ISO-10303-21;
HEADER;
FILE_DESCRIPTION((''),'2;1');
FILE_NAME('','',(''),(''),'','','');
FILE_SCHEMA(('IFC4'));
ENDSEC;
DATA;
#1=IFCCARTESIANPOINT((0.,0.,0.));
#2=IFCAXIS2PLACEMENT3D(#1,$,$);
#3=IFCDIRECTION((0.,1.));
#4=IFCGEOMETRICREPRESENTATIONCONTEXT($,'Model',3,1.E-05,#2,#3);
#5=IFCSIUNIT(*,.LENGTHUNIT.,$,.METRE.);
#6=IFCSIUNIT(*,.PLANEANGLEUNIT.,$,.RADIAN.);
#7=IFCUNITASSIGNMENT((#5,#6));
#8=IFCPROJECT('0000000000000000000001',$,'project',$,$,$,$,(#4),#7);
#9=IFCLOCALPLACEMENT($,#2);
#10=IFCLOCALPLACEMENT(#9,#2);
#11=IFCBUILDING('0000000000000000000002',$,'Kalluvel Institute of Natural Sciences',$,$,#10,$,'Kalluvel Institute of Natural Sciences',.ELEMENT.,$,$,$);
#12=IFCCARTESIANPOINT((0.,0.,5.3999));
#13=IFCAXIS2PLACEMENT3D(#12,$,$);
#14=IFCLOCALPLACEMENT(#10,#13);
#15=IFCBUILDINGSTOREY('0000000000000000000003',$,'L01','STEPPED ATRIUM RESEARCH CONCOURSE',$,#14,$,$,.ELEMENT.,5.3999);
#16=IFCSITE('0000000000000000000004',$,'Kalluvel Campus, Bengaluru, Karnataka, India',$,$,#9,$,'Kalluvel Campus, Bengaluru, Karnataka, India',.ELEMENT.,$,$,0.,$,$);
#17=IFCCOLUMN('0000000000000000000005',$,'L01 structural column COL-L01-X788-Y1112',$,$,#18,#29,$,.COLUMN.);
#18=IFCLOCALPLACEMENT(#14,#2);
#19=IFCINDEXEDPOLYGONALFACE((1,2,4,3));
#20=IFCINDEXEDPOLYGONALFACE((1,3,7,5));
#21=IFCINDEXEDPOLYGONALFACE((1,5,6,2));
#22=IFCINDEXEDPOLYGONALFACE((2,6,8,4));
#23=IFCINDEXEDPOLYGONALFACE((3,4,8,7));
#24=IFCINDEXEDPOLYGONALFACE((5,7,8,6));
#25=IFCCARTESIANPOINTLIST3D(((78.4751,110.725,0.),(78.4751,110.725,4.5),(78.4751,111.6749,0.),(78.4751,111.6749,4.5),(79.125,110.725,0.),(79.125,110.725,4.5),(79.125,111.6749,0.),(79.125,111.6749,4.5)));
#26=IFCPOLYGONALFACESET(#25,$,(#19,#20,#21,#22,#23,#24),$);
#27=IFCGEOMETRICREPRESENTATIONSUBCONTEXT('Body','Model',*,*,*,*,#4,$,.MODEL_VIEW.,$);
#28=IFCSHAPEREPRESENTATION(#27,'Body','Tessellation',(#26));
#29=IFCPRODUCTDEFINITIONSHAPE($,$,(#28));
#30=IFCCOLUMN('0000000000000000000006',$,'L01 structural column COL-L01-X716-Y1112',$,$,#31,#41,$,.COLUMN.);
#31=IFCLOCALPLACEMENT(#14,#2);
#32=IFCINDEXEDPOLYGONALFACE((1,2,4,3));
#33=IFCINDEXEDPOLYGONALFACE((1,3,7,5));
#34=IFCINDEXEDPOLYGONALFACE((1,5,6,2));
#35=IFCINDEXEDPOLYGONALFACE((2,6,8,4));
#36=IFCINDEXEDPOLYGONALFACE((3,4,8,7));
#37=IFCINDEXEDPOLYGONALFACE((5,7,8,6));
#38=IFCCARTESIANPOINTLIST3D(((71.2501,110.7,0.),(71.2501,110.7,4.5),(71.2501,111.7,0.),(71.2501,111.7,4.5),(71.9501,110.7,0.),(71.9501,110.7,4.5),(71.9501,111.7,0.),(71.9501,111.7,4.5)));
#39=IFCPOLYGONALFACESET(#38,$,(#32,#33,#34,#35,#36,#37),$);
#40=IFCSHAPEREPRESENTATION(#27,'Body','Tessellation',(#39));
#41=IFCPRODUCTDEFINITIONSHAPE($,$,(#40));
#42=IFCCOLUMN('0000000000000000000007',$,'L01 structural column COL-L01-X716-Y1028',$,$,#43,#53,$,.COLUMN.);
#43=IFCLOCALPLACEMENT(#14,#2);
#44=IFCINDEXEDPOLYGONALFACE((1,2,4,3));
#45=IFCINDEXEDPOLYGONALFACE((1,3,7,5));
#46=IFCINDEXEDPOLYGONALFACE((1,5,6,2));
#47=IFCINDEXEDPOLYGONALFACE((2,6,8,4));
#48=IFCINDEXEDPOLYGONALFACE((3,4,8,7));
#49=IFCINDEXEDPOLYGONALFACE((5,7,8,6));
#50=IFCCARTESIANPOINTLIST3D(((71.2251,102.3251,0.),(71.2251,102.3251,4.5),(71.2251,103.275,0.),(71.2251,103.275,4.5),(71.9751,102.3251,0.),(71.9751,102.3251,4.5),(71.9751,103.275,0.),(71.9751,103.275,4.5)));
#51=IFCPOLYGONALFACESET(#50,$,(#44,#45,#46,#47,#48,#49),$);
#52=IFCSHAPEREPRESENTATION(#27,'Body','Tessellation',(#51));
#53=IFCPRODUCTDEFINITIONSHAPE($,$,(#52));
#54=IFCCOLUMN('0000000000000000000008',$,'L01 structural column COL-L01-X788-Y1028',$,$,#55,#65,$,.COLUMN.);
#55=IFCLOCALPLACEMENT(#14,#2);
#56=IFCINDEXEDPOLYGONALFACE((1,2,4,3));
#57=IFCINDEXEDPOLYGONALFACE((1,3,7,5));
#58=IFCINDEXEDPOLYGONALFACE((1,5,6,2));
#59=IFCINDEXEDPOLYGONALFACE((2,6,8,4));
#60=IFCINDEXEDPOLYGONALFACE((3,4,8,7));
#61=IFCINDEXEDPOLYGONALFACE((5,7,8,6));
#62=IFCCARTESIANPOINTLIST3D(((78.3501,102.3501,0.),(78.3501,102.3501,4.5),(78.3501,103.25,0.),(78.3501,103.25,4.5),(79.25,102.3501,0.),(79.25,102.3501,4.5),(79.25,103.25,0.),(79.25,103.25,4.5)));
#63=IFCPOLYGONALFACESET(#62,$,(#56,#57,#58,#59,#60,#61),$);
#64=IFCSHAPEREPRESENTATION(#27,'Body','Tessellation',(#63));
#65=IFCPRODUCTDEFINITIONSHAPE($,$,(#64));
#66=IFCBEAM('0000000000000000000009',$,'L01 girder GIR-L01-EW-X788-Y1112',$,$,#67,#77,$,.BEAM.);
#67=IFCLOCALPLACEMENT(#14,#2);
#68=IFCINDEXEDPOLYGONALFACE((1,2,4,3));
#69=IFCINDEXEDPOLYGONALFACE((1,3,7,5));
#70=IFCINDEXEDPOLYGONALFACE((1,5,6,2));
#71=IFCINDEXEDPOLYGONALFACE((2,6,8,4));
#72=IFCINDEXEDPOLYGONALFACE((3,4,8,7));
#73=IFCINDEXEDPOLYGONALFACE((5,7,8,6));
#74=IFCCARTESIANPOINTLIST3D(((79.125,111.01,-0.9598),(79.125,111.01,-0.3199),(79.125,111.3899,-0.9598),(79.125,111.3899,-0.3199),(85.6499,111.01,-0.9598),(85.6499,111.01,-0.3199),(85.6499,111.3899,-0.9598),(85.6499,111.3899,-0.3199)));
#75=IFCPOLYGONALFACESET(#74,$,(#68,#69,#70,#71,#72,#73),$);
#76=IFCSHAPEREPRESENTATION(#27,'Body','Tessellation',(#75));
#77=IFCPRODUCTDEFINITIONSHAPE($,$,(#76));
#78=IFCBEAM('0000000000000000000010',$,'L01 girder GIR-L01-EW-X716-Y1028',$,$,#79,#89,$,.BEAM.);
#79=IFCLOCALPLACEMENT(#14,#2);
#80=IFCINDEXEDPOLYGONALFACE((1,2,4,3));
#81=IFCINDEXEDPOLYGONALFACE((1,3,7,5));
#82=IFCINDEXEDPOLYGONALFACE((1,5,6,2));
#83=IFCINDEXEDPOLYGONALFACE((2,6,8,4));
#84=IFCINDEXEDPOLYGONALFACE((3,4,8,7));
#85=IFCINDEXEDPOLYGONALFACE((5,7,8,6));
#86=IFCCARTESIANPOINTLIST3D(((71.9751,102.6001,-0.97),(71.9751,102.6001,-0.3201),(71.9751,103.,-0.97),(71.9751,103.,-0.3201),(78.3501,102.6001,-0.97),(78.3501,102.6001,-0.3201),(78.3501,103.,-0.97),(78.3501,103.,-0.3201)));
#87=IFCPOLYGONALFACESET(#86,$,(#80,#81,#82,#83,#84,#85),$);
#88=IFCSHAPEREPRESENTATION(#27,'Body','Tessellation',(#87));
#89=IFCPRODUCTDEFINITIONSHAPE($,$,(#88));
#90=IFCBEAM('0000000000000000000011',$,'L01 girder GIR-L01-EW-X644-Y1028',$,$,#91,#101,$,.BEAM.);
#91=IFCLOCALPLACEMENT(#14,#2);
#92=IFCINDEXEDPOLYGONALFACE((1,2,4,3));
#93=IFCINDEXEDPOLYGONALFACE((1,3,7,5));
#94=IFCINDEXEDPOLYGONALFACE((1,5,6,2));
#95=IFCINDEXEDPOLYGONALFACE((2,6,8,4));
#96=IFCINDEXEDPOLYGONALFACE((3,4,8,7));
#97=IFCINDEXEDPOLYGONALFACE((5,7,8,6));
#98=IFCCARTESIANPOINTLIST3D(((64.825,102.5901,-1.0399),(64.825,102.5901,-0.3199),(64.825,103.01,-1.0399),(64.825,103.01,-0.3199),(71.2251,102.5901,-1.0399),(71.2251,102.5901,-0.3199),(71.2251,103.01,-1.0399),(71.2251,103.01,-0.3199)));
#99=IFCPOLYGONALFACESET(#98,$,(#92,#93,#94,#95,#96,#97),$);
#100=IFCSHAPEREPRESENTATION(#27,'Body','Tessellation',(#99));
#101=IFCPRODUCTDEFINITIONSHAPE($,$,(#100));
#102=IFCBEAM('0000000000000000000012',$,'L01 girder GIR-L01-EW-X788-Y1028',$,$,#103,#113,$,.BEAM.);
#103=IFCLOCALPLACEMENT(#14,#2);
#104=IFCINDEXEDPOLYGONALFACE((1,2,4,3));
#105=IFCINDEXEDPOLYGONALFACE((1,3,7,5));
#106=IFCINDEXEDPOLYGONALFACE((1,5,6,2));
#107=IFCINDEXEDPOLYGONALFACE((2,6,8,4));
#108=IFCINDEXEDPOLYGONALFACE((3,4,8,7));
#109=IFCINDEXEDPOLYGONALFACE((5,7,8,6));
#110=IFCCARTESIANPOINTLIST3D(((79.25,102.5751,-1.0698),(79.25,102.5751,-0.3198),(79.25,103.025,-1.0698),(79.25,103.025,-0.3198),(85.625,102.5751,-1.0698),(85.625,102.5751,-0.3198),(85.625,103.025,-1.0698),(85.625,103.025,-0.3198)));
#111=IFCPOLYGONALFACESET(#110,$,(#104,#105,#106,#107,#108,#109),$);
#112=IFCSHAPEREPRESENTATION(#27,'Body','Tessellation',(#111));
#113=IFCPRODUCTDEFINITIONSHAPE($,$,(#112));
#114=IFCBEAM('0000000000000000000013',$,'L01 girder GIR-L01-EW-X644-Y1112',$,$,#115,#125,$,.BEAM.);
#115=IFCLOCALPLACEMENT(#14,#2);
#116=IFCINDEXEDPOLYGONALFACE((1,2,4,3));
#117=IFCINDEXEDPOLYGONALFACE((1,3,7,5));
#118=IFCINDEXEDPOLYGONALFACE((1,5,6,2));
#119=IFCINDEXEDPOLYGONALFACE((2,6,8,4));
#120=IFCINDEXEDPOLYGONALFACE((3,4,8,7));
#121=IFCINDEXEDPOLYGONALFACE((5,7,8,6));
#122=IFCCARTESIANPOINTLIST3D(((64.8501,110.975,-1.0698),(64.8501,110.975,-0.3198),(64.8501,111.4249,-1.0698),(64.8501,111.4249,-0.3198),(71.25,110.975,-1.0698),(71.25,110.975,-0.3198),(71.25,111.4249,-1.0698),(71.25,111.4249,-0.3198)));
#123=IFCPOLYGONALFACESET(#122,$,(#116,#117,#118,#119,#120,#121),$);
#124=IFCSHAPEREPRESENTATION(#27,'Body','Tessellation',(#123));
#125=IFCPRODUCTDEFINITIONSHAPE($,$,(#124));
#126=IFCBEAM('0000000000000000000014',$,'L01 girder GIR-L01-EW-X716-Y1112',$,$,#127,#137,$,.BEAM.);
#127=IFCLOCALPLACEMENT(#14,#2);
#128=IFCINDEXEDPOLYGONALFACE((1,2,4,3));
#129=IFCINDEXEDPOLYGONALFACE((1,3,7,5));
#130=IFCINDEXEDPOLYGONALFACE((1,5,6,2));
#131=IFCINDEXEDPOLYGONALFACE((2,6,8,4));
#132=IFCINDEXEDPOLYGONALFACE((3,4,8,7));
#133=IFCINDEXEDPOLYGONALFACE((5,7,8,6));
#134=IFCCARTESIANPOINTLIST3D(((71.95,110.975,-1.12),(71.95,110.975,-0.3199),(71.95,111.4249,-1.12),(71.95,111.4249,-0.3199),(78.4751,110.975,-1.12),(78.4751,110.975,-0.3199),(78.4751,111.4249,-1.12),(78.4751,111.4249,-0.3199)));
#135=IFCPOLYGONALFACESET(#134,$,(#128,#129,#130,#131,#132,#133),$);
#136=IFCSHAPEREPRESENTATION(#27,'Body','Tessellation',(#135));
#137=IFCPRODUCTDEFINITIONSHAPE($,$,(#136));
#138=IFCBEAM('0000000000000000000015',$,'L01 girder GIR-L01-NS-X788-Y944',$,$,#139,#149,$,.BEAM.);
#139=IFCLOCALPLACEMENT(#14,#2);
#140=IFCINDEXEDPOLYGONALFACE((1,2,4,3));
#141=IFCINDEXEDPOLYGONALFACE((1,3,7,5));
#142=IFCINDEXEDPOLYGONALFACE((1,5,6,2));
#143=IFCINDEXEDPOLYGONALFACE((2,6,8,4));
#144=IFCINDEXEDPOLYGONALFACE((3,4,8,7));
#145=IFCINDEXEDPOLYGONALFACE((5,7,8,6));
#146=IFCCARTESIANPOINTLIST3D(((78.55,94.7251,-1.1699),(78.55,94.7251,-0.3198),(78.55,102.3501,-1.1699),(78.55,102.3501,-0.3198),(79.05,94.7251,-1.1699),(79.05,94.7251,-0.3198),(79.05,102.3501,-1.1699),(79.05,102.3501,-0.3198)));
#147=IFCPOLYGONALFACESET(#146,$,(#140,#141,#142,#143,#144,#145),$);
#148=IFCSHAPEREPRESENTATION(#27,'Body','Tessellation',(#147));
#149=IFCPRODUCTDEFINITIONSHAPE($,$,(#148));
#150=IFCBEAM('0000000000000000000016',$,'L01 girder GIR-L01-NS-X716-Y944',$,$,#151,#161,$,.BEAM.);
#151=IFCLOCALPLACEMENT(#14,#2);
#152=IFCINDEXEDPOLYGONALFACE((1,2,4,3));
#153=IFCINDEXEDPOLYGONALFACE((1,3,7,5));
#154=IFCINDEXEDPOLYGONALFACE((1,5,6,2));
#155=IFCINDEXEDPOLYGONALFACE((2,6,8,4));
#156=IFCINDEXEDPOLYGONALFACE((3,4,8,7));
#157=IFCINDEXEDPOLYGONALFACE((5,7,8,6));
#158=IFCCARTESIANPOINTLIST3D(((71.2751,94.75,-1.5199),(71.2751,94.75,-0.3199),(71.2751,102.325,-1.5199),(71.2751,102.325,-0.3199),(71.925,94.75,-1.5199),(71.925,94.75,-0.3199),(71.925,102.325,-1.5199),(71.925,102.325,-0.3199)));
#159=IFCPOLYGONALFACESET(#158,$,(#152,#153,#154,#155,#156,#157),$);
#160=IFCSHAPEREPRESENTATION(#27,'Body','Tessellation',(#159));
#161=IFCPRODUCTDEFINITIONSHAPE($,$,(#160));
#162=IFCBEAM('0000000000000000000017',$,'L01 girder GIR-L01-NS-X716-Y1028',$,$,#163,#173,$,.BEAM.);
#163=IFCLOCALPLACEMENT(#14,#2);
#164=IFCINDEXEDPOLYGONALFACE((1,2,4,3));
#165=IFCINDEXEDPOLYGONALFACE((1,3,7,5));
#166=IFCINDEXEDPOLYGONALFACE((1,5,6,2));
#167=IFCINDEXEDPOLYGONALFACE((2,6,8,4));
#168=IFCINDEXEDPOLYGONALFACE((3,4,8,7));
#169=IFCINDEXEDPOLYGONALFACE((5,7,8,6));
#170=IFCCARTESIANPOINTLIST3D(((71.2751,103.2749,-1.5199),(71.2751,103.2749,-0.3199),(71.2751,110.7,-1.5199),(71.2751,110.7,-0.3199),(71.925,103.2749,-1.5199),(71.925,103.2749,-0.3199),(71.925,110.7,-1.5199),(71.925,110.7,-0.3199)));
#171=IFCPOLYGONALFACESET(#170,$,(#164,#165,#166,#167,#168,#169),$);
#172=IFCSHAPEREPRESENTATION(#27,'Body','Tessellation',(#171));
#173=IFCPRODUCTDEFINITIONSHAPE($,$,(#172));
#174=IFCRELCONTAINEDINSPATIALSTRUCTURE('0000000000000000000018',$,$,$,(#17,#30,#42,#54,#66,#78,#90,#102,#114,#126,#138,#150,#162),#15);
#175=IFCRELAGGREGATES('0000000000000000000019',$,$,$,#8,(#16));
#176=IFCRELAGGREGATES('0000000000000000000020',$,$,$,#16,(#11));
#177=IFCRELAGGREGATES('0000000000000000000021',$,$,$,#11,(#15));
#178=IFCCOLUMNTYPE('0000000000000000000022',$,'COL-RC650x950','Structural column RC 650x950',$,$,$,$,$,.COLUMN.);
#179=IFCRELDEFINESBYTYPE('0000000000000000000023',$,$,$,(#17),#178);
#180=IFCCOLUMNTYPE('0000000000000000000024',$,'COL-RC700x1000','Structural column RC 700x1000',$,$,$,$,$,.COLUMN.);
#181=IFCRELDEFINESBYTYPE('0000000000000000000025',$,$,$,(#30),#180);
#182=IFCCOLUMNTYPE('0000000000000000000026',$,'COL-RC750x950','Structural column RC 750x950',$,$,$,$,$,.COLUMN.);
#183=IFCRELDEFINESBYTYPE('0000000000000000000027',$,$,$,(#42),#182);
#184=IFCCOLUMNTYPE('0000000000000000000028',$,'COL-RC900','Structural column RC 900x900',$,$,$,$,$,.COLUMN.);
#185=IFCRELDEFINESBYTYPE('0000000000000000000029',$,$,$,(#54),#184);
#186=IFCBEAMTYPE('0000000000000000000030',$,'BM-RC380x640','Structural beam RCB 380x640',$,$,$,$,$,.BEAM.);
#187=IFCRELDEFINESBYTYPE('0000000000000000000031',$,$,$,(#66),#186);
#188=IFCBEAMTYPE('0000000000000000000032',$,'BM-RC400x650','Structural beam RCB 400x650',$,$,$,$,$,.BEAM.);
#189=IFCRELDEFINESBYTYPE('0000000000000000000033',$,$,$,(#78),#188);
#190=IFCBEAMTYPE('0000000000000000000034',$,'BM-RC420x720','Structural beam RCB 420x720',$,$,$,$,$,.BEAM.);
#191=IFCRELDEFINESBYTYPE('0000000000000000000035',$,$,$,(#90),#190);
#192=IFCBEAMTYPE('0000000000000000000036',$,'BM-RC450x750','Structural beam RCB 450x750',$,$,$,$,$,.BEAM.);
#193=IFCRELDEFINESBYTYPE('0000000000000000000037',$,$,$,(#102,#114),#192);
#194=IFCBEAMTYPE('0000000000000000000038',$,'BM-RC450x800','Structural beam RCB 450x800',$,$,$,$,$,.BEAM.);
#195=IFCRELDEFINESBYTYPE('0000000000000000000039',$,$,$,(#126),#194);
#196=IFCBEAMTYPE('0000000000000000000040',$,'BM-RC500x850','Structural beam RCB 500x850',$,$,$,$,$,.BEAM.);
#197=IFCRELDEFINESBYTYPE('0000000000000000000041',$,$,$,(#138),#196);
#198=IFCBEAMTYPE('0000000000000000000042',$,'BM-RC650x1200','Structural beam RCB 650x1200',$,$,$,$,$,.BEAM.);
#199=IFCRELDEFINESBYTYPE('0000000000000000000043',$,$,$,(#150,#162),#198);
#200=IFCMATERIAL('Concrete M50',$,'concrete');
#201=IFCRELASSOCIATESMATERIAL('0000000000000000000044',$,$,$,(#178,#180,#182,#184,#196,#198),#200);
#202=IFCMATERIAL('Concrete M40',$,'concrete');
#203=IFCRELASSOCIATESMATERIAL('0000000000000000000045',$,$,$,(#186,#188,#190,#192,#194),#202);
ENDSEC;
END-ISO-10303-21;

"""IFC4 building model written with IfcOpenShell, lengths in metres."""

from ifc_helpers import new_model, si_unit, direction, frame, origin, origin_2d, place, context, subcontext, project, spatial, rectangle, extrude, material, material_profile, profile_set, type_object, element, save


model = new_model("IFC4")

# Units and contexts
model_context = context("Model", 3, precision=1e-05, world=origin(), true_north=direction((0.0, 1.0)))
body_context = subcontext(model_context, "Body", "Model", "MODEL_VIEW")
ifc_project = project(units=[si_unit("LENGTHUNIT", "METRE"), si_unit("PLANEANGLEUNIT", "RADIAN")], contexts=[model_context])

# Site, building, storey
site_placement = place(None, origin())
site = spatial("IfcSite", under=ifc_project, at=site_placement, Name="Kalluvel Campus, Bengaluru, Karnataka, India", LongName="Kalluvel Campus, Bengaluru, Karnataka, India", CompositionType="ELEMENT", RefElevation=0.0)
building_placement = place(site_placement, origin())
building = spatial("IfcBuilding", under=site, at=building_placement, Name="Kalluvel Institute of Natural Sciences", LongName="Kalluvel Institute of Natural Sciences", CompositionType="ELEMENT")
storey_placement = place(building_placement, frame((0.0, 0.0, 5.3999)))
storey = spatial("IfcBuildingStorey", under=building, at=storey_placement, Name="L01", Description="STEPPED ATRIUM RESEARCH CONCOURSE", CompositionType="ELEMENT", Elevation=5.3999)

# Columns
ifc_material_1 = material(Name="Concrete M50", Category="concrete")
ifc_material_profile_1 = material_profile(ifc_material_1, rectangle(XDim=0.6499, YDim=0.95, at=origin_2d()), Name="RC 650x950")
ifc_profile_set_1 = profile_set([ifc_material_profile_1], Name="Concrete M50")
column_type_1 = type_object("IfcColumnType", Name="COL-RC650x950", Description="Structural column RC 650x950", PredefinedType="COLUMN", material=ifc_profile_set_1)
column_1_placement = place(storey_placement, frame((78.8, 111.2, 0.0), z_axis=(0.0, 0.0, 1.0), x_axis=(1.0, 0.0, 0.0)))
element("IfcColumn", 1, at=column_1_placement, inside=storey, type_object=column_type_1, Name="L01 structural column COL-L01-X788-Y1112", PredefinedType="COLUMN", context=body_context, shape_type="SweptSolid", body=[
    extrude(rectangle(XDim=0.6499, YDim=0.95, at=origin_2d()), origin(), (0.0, 0.0, 1.0), 4.5),
])
ifc_material_profile_2 = material_profile(ifc_material_1, rectangle(XDim=0.7, YDim=1.0, at=origin_2d()), Name="RC 700x1000")
ifc_profile_set_2 = profile_set([ifc_material_profile_2], Name="Concrete M50")
column_type_2 = type_object("IfcColumnType", Name="COL-RC700x1000", Description="Structural column RC 700x1000", PredefinedType="COLUMN", material=ifc_profile_set_2)
column_2_placement = place(storey_placement, frame((71.6001, 111.2, 0.0), z_axis=(0.0, 0.0, 1.0), x_axis=(1.0, 0.0, 0.0)))
element("IfcColumn", 2, at=column_2_placement, inside=storey, type_object=column_type_2, Name="L01 structural column COL-L01-X716-Y1112", PredefinedType="COLUMN", context=body_context, shape_type="SweptSolid", body=[
    extrude(rectangle(XDim=0.7, YDim=1.0, at=origin_2d()), origin(), (0.0, 0.0, 1.0), 4.5),
])
ifc_material_profile_3 = material_profile(ifc_material_1, rectangle(XDim=0.75, YDim=0.95, at=origin_2d()), Name="RC 750x950")
ifc_profile_set_3 = profile_set([ifc_material_profile_3], Name="Concrete M50")
column_type_3 = type_object("IfcColumnType", Name="COL-RC750x950", Description="Structural column RC 750x950", PredefinedType="COLUMN", material=ifc_profile_set_3)
column_3_placement = place(storey_placement, frame((71.6001, 102.8, 0.0), z_axis=(0.0, 0.0, 1.0), x_axis=(1.0, 0.0, 0.0)))
element("IfcColumn", 3, at=column_3_placement, inside=storey, type_object=column_type_3, Name="L01 structural column COL-L01-X716-Y1028", PredefinedType="COLUMN", context=body_context, shape_type="SweptSolid", body=[
    extrude(rectangle(XDim=0.75, YDim=0.95, at=origin_2d()), origin(), (0.0, 0.0, 1.0), 4.5),
])
ifc_material_profile_4 = material_profile(ifc_material_1, rectangle(XDim=0.8999, YDim=0.8999, at=origin_2d()), Name="RC 900x900")
ifc_profile_set_4 = profile_set([ifc_material_profile_4], Name="Concrete M50")
column_type_4 = type_object("IfcColumnType", Name="COL-RC900", Description="Structural column RC 900x900", PredefinedType="COLUMN", material=ifc_profile_set_4)
column_4_placement = place(storey_placement, frame((78.8, 102.8, 0.0), z_axis=(0.0, 0.0, 1.0), x_axis=(1.0, 0.0, 0.0)))
element("IfcColumn", 4, at=column_4_placement, inside=storey, type_object=column_type_4, Name="L01 structural column COL-L01-X788-Y1028", PredefinedType="COLUMN", context=body_context, shape_type="SweptSolid", body=[
    extrude(rectangle(XDim=0.8999, YDim=0.8999, at=origin_2d()), origin(), (0.0, 0.0, 1.0), 4.5),
])

# Beams
ifc_material_2 = material(Name="Concrete M40", Category="concrete")
ifc_material_profile_5 = material_profile(ifc_material_2, rectangle(XDim=0.3799, YDim=0.6399, at=origin_2d()), Name="RCB 380x640")
ifc_profile_set_5 = profile_set([ifc_material_profile_5], Name="Concrete M40")
beam_type_1 = type_object("IfcBeamType", Name="BM-RC380x640", Description="Structural beam RCB 380x640", PredefinedType="BEAM", material=ifc_profile_set_5)
beam_1_placement = place(storey_placement, frame((79.125, 111.2, -0.6399), z_axis=(1.0, 0.0, 0.0), x_axis=(0.0, 1.0, 0.0)))
element("IfcBeam", 5, at=beam_1_placement, inside=storey, type_object=beam_type_1, Name="L01 girder GIR-L01-EW-X788-Y1112", PredefinedType="BEAM", context=body_context, shape_type="SweptSolid", body=[
    extrude(rectangle(XDim=0.3799, YDim=0.6399, at=origin_2d()), origin(), (0.0, 0.0, 1.0), 6.5249),
])
ifc_material_profile_6 = material_profile(ifc_material_2, rectangle(XDim=0.3999, YDim=0.6499, at=origin_2d()), Name="RCB 400x650")
ifc_profile_set_6 = profile_set([ifc_material_profile_6], Name="Concrete M40")
beam_type_2 = type_object("IfcBeamType", Name="BM-RC400x650", Description="Structural beam RCB 400x650", PredefinedType="BEAM", material=ifc_profile_set_6)
beam_2_placement = place(storey_placement, frame((71.9751, 102.8, -0.645), z_axis=(1.0, 0.0, 0.0), x_axis=(0.0, 1.0, 0.0)))
element("IfcBeam", 6, at=beam_2_placement, inside=storey, type_object=beam_type_2, Name="L01 girder GIR-L01-EW-X716-Y1028", PredefinedType="BEAM", context=body_context, shape_type="SweptSolid", body=[
    extrude(rectangle(XDim=0.3999, YDim=0.6499, at=origin_2d()), origin(), (0.0, 0.0, 1.0), 6.375),
])
ifc_material_profile_7 = material_profile(ifc_material_2, rectangle(XDim=0.4199, YDim=0.72, at=origin_2d()), Name="RCB 420x720")
ifc_profile_set_7 = profile_set([ifc_material_profile_7], Name="Concrete M40")
beam_type_3 = type_object("IfcBeamType", Name="BM-RC420x720", Description="Structural beam RCB 420x720", PredefinedType="BEAM", material=ifc_profile_set_7)
beam_3_placement = place(storey_placement, frame((64.825, 102.8, -0.6799), z_axis=(1.0, 0.0, 0.0), x_axis=(0.0, 1.0, 0.0)))
element("IfcBeam", 7, at=beam_3_placement, inside=storey, type_object=beam_type_3, Name="L01 girder GIR-L01-EW-X644-Y1028", PredefinedType="BEAM", context=body_context, shape_type="SweptSolid", body=[
    extrude(rectangle(XDim=0.4199, YDim=0.72, at=origin_2d()), origin(), (0.0, 0.0, 1.0), 6.4001),
])
ifc_material_profile_8 = material_profile(ifc_material_2, rectangle(XDim=0.45, YDim=0.75, at=origin_2d()), Name="RCB 450x750")
ifc_profile_set_8 = profile_set([ifc_material_profile_8], Name="Concrete M40")
beam_type_4 = type_object("IfcBeamType", Name="BM-RC450x750", Description="Structural beam RCB 450x750", PredefinedType="BEAM", material=ifc_profile_set_8)
beam_4_placement = place(storey_placement, frame((79.25, 102.8, -0.6948), z_axis=(1.0, 0.0, 0.0), x_axis=(0.0, 1.0, 0.0)))
element("IfcBeam", 8, at=beam_4_placement, inside=storey, type_object=beam_type_4, Name="L01 girder GIR-L01-EW-X788-Y1028", PredefinedType="BEAM", context=body_context, shape_type="SweptSolid", body=[
    extrude(rectangle(XDim=0.45, YDim=0.75, at=origin_2d()), origin(), (0.0, 0.0, 1.0), 6.375),
])
beam_5_placement = place(storey_placement, frame((64.8501, 111.2, -0.6948), z_axis=(1.0, 0.0, 0.0), x_axis=(0.0, 1.0, 0.0)))
element("IfcBeam", 9, at=beam_5_placement, inside=storey, type_object=beam_type_4, Name="L01 girder GIR-L01-EW-X644-Y1112", PredefinedType="BEAM", context=body_context, shape_type="SweptSolid", body=[
    extrude(rectangle(XDim=0.45, YDim=0.75, at=origin_2d()), origin(), (0.0, 0.0, 1.0), 6.3999),
])
ifc_material_profile_9 = material_profile(ifc_material_2, rectangle(XDim=0.45, YDim=0.8, at=origin_2d()), Name="RCB 450x800")
ifc_profile_set_9 = profile_set([ifc_material_profile_9], Name="Concrete M40")
beam_type_5 = type_object("IfcBeamType", Name="BM-RC450x800", Description="Structural beam RCB 450x800", PredefinedType="BEAM", material=ifc_profile_set_9)
beam_6_placement = place(storey_placement, frame((71.95, 111.2, -0.72), z_axis=(1.0, 0.0, 0.0), x_axis=(0.0, 1.0, 0.0)))
element("IfcBeam", 10, at=beam_6_placement, inside=storey, type_object=beam_type_5, Name="L01 girder GIR-L01-EW-X716-Y1112", PredefinedType="BEAM", context=body_context, shape_type="SweptSolid", body=[
    extrude(rectangle(XDim=0.45, YDim=0.8, at=origin_2d()), origin(), (0.0, 0.0, 1.0), 6.5251),
])
ifc_material_profile_10 = material_profile(ifc_material_1, rectangle(XDim=0.5, YDim=0.8501, at=origin_2d()), Name="RCB 500x850")
ifc_profile_set_10 = profile_set([ifc_material_profile_10], Name="Concrete M50")
beam_type_6 = type_object("IfcBeamType", Name="BM-RC500x850", Description="Structural beam RCB 500x850", PredefinedType="BEAM", material=ifc_profile_set_10)
beam_7_placement = place(storey_placement, frame((78.8, 94.7251, -0.7449), z_axis=(0.0, 1.0, 0.0), x_axis=(-1.0, 0.0, 0.0)))
element("IfcBeam", 11, at=beam_7_placement, inside=storey, type_object=beam_type_6, Name="L01 girder GIR-L01-NS-X788-Y944", PredefinedType="BEAM", context=body_context, shape_type="SweptSolid", body=[
    extrude(rectangle(XDim=0.5, YDim=0.8501, at=origin_2d()), origin(), (0.0, 0.0, 1.0), 7.625),
])
ifc_material_profile_11 = material_profile(ifc_material_1, rectangle(XDim=0.6499, YDim=1.2, at=origin_2d()), Name="RCB 650x1200")
ifc_profile_set_11 = profile_set([ifc_material_profile_11], Name="Concrete M50")
beam_type_7 = type_object("IfcBeamType", Name="BM-RC650x1200", Description="Structural beam RCB 650x1200", PredefinedType="BEAM", material=ifc_profile_set_11)
beam_8_placement = place(storey_placement, frame((71.6001, 94.75, -0.9199), z_axis=(0.0, 1.0, 0.0), x_axis=(-1.0, 0.0, 0.0)))
element("IfcBeam", 12, at=beam_8_placement, inside=storey, type_object=beam_type_7, Name="L01 girder GIR-L01-NS-X716-Y944", PredefinedType="BEAM", context=body_context, shape_type="SweptSolid", body=[
    extrude(rectangle(XDim=0.6499, YDim=1.2, at=origin_2d()), origin(), (0.0, 0.0, 1.0), 7.575),
])
beam_9_placement = place(storey_placement, frame((71.6001, 103.2749, -0.9199), z_axis=(0.0, 1.0, 0.0), x_axis=(-1.0, 0.0, 0.0)))
element("IfcBeam", 13, at=beam_9_placement, inside=storey, type_object=beam_type_7, Name="L01 girder GIR-L01-NS-X716-Y1028", PredefinedType="BEAM", context=body_context, shape_type="SweptSolid", body=[
    extrude(rectangle(XDim=0.6499, YDim=1.2, at=origin_2d()), origin(), (0.0, 0.0, 1.0), 7.425),
])

save(model, "model.ifc")
